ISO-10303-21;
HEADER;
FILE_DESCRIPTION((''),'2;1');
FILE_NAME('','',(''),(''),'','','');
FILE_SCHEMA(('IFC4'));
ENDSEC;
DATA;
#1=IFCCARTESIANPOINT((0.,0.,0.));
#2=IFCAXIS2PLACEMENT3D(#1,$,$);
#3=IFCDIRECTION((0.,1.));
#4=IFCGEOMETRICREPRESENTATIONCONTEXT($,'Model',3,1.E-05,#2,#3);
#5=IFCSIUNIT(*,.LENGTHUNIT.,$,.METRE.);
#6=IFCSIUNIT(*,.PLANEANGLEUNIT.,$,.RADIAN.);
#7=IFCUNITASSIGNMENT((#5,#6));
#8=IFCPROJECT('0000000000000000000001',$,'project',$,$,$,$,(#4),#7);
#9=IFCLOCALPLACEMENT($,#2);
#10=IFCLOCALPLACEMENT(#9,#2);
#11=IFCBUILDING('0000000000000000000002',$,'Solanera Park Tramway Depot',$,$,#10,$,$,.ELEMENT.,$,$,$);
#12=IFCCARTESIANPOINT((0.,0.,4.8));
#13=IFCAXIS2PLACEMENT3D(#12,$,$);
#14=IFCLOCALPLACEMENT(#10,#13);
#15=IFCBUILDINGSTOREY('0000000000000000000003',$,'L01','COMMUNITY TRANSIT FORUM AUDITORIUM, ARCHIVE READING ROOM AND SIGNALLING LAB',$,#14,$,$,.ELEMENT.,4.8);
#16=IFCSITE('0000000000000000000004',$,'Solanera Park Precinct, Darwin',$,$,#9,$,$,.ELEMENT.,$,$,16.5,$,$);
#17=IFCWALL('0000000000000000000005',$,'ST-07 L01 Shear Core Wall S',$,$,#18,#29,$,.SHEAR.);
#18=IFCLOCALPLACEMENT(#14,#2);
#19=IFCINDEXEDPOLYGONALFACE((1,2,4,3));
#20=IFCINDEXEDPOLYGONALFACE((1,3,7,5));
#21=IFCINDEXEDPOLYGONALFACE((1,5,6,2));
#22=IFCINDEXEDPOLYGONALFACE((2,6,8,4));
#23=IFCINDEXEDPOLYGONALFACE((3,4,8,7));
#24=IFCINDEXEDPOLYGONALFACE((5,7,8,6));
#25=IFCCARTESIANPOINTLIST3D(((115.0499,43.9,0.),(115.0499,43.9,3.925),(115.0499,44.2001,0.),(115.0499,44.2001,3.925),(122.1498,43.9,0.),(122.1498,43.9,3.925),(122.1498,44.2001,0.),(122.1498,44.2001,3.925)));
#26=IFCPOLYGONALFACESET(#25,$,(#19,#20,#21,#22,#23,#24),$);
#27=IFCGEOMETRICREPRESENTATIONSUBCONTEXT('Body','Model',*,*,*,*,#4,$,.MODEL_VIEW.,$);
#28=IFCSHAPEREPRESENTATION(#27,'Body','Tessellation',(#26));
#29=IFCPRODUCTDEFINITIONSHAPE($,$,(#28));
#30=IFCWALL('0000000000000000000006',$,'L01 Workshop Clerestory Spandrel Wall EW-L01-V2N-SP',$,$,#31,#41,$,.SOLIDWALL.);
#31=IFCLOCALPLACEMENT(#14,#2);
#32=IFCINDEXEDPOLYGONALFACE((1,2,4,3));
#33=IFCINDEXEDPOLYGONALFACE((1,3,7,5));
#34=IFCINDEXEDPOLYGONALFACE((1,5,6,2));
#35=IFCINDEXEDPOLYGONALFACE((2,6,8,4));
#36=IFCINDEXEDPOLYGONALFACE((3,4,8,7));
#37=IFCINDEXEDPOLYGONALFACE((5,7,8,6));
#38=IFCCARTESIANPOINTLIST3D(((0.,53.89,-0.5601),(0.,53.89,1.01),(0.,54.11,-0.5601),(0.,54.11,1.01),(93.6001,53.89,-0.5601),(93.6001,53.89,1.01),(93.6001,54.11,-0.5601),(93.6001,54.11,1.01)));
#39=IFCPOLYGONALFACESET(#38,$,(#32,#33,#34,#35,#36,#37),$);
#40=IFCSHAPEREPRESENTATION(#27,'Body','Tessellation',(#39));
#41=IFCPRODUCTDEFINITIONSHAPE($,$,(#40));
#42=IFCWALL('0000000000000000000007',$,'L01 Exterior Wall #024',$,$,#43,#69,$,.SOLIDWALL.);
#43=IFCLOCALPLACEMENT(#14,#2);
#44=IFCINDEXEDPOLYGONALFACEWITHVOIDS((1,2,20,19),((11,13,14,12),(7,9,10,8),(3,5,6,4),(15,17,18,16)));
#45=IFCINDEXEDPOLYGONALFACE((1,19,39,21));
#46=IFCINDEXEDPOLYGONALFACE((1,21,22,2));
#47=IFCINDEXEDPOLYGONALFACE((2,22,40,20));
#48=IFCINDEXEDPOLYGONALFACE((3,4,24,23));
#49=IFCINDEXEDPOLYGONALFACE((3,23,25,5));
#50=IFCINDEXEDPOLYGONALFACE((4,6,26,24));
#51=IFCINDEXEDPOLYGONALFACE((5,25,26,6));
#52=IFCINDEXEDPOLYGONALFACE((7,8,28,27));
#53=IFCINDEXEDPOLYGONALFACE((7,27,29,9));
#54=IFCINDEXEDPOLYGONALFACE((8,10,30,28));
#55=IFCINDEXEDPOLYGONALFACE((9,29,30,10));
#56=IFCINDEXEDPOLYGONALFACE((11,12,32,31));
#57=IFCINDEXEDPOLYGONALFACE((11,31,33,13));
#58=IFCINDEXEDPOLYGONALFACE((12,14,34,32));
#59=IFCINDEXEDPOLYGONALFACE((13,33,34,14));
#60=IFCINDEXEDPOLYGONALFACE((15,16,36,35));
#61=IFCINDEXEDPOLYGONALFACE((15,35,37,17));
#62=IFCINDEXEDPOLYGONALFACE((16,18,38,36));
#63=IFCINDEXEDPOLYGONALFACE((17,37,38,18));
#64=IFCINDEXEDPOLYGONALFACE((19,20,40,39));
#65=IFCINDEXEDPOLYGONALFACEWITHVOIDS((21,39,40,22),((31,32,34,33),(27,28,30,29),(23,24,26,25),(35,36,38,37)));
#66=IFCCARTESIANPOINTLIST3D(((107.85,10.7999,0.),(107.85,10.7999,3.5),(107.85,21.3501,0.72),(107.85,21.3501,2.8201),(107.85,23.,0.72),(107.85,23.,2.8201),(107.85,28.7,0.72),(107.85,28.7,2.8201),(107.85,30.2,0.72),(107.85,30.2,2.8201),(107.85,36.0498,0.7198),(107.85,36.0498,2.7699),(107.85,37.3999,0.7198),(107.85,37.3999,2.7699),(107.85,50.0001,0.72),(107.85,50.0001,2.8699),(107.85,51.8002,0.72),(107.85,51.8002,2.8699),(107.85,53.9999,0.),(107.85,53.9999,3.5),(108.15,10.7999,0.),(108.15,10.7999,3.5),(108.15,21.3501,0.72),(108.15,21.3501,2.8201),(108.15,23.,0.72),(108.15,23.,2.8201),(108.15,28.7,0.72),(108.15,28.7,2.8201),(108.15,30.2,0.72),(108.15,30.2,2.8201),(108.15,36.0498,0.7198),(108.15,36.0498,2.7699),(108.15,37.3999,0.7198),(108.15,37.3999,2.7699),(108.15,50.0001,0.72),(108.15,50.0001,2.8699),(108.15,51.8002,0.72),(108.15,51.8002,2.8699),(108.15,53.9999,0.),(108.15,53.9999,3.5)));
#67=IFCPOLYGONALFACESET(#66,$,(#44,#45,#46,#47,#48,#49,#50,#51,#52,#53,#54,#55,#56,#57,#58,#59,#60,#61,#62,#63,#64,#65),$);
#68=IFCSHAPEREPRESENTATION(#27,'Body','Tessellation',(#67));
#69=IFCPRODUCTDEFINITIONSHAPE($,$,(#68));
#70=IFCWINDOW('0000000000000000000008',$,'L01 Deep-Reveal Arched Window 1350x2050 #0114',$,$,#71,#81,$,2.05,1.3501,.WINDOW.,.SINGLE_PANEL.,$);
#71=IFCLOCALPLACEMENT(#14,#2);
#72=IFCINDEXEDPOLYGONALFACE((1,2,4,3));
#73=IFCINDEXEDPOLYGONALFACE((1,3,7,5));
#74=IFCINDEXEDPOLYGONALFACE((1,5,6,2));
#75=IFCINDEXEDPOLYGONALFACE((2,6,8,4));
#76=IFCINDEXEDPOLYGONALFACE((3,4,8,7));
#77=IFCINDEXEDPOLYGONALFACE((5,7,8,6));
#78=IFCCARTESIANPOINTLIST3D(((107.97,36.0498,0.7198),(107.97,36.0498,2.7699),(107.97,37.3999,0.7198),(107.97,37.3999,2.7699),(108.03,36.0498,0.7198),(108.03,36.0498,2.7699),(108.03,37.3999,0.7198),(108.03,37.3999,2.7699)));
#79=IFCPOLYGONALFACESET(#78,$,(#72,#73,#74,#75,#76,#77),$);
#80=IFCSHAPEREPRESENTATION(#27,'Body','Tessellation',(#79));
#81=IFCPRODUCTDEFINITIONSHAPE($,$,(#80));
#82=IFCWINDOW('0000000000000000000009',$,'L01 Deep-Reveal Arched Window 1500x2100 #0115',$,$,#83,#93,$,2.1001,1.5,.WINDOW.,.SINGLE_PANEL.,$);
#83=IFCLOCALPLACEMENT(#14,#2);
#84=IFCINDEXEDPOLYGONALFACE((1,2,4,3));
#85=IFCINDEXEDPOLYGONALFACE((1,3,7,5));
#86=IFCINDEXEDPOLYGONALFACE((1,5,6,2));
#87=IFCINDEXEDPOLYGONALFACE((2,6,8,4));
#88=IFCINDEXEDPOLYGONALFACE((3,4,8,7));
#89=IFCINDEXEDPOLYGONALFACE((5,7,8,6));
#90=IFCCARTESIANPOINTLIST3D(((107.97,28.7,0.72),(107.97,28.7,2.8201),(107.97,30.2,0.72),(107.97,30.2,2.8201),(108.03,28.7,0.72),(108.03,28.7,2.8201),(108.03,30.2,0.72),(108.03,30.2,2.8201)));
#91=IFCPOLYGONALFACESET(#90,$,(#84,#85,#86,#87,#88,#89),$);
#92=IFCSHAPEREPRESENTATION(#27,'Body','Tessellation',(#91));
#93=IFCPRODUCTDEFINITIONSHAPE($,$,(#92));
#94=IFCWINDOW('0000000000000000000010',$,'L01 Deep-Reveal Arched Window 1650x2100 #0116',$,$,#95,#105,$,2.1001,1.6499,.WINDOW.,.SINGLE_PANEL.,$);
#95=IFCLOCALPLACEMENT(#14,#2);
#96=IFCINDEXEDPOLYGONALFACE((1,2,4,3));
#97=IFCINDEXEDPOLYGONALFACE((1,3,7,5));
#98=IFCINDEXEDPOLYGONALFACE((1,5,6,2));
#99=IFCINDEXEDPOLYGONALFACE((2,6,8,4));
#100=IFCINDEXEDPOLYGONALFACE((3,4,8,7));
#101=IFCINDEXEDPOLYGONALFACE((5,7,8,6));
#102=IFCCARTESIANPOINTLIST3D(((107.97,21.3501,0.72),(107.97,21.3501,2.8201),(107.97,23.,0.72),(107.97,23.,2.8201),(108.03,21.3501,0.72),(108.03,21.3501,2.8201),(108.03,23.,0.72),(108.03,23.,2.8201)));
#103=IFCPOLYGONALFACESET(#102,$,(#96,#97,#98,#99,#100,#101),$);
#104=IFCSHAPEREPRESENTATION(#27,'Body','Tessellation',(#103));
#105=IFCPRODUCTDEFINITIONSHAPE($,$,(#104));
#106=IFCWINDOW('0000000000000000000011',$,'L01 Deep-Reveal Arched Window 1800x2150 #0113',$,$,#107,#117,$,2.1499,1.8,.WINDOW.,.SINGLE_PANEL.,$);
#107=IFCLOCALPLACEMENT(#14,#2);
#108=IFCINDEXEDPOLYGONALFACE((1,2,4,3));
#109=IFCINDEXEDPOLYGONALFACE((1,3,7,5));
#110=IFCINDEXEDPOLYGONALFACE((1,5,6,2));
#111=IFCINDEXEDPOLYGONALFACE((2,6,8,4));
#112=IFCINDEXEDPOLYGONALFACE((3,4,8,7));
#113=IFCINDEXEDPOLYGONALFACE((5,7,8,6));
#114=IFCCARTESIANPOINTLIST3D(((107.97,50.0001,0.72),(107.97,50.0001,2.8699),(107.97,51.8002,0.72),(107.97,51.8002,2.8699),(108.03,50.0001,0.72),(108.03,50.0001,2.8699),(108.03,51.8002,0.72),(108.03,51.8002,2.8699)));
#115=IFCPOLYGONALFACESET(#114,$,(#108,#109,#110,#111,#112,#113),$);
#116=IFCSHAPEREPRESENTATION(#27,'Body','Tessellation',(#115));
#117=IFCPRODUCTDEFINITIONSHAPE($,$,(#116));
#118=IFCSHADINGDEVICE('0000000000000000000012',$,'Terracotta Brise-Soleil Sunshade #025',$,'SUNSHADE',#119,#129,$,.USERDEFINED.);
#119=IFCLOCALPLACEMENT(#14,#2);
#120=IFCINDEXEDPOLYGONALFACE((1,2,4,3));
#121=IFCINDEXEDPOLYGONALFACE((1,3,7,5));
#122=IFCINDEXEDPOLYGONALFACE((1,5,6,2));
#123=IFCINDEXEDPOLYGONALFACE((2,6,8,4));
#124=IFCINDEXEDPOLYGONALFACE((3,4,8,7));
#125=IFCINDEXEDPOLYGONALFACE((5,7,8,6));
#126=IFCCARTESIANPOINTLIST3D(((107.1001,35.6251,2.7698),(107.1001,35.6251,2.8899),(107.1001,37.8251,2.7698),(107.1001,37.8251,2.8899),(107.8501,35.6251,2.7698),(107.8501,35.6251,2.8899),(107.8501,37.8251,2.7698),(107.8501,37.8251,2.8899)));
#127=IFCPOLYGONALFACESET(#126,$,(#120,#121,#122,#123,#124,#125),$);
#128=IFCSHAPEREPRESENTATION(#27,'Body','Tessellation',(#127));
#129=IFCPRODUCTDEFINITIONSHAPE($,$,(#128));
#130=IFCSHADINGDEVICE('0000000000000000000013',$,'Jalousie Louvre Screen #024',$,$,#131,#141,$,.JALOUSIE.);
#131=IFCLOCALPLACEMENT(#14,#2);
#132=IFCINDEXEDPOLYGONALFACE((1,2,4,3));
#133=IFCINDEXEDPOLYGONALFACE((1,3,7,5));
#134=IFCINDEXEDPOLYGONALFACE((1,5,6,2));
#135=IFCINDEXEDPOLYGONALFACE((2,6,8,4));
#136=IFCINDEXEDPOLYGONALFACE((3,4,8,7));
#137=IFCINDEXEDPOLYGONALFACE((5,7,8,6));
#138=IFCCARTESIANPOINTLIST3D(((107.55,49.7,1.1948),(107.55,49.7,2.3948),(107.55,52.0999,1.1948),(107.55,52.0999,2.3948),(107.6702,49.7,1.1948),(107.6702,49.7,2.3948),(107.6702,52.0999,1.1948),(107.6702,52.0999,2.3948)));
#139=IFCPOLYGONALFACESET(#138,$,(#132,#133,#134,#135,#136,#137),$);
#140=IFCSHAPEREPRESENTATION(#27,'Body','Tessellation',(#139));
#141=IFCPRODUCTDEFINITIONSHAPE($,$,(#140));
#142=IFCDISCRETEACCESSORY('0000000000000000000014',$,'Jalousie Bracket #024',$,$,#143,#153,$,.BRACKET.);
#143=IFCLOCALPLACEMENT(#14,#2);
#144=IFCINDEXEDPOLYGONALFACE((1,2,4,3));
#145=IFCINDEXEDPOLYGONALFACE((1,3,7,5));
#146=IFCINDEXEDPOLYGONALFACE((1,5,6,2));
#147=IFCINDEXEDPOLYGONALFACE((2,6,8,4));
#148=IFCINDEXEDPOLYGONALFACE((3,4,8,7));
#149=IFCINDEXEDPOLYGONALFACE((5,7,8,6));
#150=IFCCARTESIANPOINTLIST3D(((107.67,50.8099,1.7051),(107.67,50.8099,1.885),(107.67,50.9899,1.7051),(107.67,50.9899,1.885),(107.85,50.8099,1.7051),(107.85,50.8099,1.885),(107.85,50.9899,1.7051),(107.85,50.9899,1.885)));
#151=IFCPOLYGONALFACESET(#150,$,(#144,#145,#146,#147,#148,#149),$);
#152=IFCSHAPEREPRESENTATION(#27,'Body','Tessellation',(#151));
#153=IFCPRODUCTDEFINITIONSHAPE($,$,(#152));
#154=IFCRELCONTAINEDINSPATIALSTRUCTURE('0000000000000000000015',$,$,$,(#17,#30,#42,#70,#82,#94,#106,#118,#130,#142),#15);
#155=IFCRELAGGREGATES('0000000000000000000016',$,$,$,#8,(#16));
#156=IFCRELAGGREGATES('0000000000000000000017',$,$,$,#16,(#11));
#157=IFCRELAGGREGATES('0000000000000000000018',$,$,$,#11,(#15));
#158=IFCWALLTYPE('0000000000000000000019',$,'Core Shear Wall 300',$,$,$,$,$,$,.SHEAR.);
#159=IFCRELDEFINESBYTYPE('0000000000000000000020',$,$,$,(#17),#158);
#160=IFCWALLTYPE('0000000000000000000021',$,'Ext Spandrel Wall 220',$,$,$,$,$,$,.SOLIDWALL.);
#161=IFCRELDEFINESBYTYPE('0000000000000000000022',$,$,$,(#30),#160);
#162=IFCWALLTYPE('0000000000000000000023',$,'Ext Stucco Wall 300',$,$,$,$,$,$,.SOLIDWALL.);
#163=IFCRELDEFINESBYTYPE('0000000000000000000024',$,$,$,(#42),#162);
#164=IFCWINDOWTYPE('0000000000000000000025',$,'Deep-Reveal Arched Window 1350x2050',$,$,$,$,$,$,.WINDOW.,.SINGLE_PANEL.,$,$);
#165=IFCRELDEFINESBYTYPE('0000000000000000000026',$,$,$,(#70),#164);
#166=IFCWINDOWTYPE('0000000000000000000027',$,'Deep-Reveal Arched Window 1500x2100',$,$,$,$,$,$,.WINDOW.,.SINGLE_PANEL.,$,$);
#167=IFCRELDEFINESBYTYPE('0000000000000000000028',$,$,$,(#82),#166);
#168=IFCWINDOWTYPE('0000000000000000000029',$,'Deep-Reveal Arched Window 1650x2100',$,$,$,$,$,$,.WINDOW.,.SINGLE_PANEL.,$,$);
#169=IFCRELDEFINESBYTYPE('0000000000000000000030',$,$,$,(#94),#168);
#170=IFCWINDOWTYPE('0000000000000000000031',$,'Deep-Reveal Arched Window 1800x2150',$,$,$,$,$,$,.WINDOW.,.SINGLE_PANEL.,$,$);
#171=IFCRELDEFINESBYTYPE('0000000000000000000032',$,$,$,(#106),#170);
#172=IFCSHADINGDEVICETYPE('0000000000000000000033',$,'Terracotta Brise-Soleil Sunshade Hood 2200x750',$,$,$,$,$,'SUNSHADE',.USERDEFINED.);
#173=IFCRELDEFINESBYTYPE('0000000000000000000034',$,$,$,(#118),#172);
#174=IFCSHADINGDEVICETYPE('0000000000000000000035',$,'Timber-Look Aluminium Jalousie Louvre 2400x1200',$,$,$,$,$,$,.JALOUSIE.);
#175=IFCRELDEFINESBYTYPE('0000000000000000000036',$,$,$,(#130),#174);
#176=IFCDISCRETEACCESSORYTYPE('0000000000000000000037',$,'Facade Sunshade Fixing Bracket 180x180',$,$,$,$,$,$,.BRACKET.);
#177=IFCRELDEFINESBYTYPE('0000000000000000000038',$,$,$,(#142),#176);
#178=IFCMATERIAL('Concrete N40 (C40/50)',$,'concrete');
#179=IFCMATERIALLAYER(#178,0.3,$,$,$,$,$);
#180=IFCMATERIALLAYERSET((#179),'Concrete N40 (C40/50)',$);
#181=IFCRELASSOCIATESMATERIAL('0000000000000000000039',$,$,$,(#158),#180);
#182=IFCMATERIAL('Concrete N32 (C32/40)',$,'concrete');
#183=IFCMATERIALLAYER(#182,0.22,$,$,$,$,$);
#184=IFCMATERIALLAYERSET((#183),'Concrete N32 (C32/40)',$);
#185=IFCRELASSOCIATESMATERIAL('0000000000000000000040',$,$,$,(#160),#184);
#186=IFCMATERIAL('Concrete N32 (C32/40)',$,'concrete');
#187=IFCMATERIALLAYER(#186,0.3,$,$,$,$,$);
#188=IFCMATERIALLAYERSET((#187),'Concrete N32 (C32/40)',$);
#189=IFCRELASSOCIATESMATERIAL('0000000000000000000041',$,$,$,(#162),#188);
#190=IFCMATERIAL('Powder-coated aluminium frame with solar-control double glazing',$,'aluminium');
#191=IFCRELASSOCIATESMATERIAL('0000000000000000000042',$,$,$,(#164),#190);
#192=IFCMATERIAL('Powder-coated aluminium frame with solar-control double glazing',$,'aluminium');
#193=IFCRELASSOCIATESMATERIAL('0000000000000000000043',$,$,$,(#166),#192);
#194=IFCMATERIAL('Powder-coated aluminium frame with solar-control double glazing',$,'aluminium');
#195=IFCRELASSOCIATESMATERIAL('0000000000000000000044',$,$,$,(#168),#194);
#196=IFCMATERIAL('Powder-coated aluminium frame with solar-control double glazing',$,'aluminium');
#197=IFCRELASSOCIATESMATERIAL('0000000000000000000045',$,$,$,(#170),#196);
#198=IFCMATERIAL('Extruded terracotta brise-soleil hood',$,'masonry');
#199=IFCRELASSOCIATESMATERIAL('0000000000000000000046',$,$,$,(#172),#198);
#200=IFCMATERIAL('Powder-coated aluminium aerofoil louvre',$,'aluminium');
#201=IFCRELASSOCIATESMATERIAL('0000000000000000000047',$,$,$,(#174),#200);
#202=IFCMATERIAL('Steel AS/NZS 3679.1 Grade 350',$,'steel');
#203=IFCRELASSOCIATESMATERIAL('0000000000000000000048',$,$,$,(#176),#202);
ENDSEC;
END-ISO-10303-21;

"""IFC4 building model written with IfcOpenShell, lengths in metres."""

from ifc_helpers import new_model, si_unit, direction, frame, frame_2d, origin, origin_2d, place, context, subcontext, project, spatial, rectangle, extrude, material, layer, layer_set, type_object, element, fill, save


model = new_model("IFC4")

# Units and contexts
model_context = context("Model", 3, precision=1e-05, world=origin(), true_north=direction((0.0, 1.0)))
body_context = subcontext(model_context, "Body", "Model", "MODEL_VIEW")
ifc_project = project(units=[si_unit("LENGTHUNIT", "METRE"), si_unit("PLANEANGLEUNIT", "RADIAN")], contexts=[model_context])

# Site, building, storey
site_placement = place(None, origin())
site = spatial("IfcSite", under=ifc_project, at=site_placement, Name="Solanera Park Precinct, Darwin", CompositionType="ELEMENT", RefElevation=16.5)
building_placement = place(site_placement, origin())
building = spatial("IfcBuilding", under=site, at=building_placement, Name="Solanera Park Tramway Depot", CompositionType="ELEMENT")
storey_placement = place(building_placement, frame((0.0, 0.0, 4.8)))
storey = spatial("IfcBuildingStorey", under=building, at=storey_placement, Name="L01", Description="COMMUNITY TRANSIT FORUM AUDITORIUM, ARCHIVE READING ROOM AND SIGNALLING LAB", CompositionType="ELEMENT", Elevation=4.8)

# Walls
ifc_material_1 = material(Name="Concrete N40 (C40/50)", Category="concrete")
ifc_layer_1 = layer(ifc_material_1, 0.3)
ifc_layer_set_1 = layer_set([ifc_layer_1], Name="Concrete N40 (C40/50)")
wall_type_1 = type_object("IfcWallType", Name="Core Shear Wall 300", PredefinedType="SHEAR", material=ifc_layer_set_1)
wall_1_placement = place(storey_placement, frame((115.05, 44.05, 0.0), z_axis=(0.0, 0.0, 1.0), x_axis=(1.0, 0.0, 0.0)))
element("IfcWall", 1, at=wall_1_placement, inside=storey, type_object=wall_type_1, Name="ST-07 L01 Shear Core Wall S", PredefinedType="SHEAR", context=body_context, shape_type="SweptSolid", body=[
    extrude(rectangle(XDim=7.0999, YDim=0.3, at=frame_2d((3.5498, 0.0))), origin(), (0.0, 0.0, 1.0), 3.925),
])
ifc_material_2 = material(Name="Concrete N32 (C32/40)", Category="concrete")
ifc_layer_2 = layer(ifc_material_2, 0.22)
ifc_layer_set_2 = layer_set([ifc_layer_2], Name="Concrete N32 (C32/40)")
wall_type_2 = type_object("IfcWallType", Name="Ext Spandrel Wall 220", PredefinedType="SOLIDWALL", material=ifc_layer_set_2)
wall_2_placement = place(storey_placement, frame((93.6001, 54.0, -0.5601), z_axis=(0.0, 0.0, 1.0), x_axis=(-1.0, 0.0, 0.0)))
element("IfcWall", 2, at=wall_2_placement, inside=storey, type_object=wall_type_2, Name="L01 Workshop Clerestory Spandrel Wall EW-L01-V2N-SP", PredefinedType="SOLIDWALL", context=body_context, shape_type="SweptSolid", body=[
    extrude(rectangle(XDim=93.6001, YDim=0.22, at=frame_2d((46.8, 0.0))), origin(), (0.0, 0.0, 1.0), 1.5701),
])

# Wall, openings, windows
ifc_material_3 = material(Name="Concrete N32 (C32/40)", Category="concrete")
ifc_layer_3 = layer(ifc_material_3, 0.3)
ifc_layer_set_3 = layer_set([ifc_layer_3], Name="Concrete N32 (C32/40)")
wall_type_3 = type_object("IfcWallType", Name="Ext Stucco Wall 300", PredefinedType="SOLIDWALL", material=ifc_layer_set_3)
wall_3_placement = place(storey_placement, frame((108.0, 54.0, 0.0), z_axis=(0.0, 0.0, 1.0), x_axis=(0.0, -1.0, 0.0)))
wall_3 = element("IfcWall", 3, at=wall_3_placement, inside=storey, type_object=wall_type_3, Name="L01 Exterior Wall #024", PredefinedType="SOLIDWALL", context=body_context, shape_type="SweptSolid", body=[
    extrude(rectangle(XDim=43.2, YDim=0.3, at=frame_2d((21.6001, 0.0))), origin(), (0.0, 0.0, 1.0), 3.5),
])
opening_1_placement = place(wall_3_placement, frame((2.2, 0.0, 0.72)))
opening_1 = element("IfcOpeningElement", 4, at=opening_1_placement, cuts=wall_3, PredefinedType="OPENING", context=body_context, shape_type="SweptSolid", body=[
    extrude(rectangle(XDim=1.8, YDim=2.1499, at=frame_2d((0.8999, 1.075))), frame((0.0, 0.1602, 0.0), z_axis=(0.0, -1.0, 0.0), x_axis=(1.0, 0.0, 0.0)), (0.0, 0.0, 1.0), 0.3201),
])
opening_2_placement = place(wall_3_placement, frame((16.6001, 0.0, 0.72)))
opening_2 = element("IfcOpeningElement", 5, at=opening_2_placement, cuts=wall_3, PredefinedType="OPENING", context=body_context, shape_type="SweptSolid", body=[
    extrude(rectangle(XDim=1.3501, YDim=2.05, at=frame_2d((0.675, 1.0249))), frame((0.0, 0.1602, 0.0), z_axis=(0.0, -1.0, 0.0), x_axis=(1.0, 0.0, 0.0)), (0.0, 0.0, 1.0), 0.3201),
])
opening_3_placement = place(wall_3_placement, frame((23.8, 0.0, 0.72)))
opening_3 = element("IfcOpeningElement", 6, at=opening_3_placement, cuts=wall_3, PredefinedType="OPENING", context=body_context, shape_type="SweptSolid", body=[
    extrude(rectangle(XDim=1.5, YDim=2.1001, at=frame_2d((0.75, 1.05))), frame((0.0, 0.1602, 0.0), z_axis=(0.0, -1.0, 0.0), x_axis=(1.0, 0.0, 0.0)), (0.0, 0.0, 1.0), 0.3201),
])
opening_4_placement = place(wall_3_placement, frame((31.0, 0.0, 0.72)))
opening_4 = element("IfcOpeningElement", 7, at=opening_4_placement, cuts=wall_3, PredefinedType="OPENING", context=body_context, shape_type="SweptSolid", body=[
    extrude(rectangle(XDim=1.6499, YDim=2.1001, at=frame_2d((0.825, 1.05))), frame((0.0, 0.1602, 0.0), z_axis=(0.0, -1.0, 0.0), x_axis=(1.0, 0.0, 0.0)), (0.0, 0.0, 1.0), 0.3201),
])
ifc_material_4 = material(Name="Powder-coated aluminium frame with solar-control double glazing", Category="aluminium")
window_type_1 = type_object("IfcWindowType", Name="Deep-Reveal Arched Window 1350x2050", PartitioningType="SINGLE_PANEL", PredefinedType="WINDOW", material=ifc_material_4)
window_1_placement = place(opening_2_placement, origin())
window_1 = element("IfcWindow", 8, at=window_1_placement, inside=storey, type_object=window_type_1, Name="L01 Deep-Reveal Arched Window 1350x2050 #0114", OverallHeight=2.05, OverallWidth=1.3501, PartitioningType="SINGLE_PANEL", PredefinedType="WINDOW", context=body_context, shape_type="SweptSolid", body=[
    extrude(rectangle(XDim=1.3501, YDim=2.05, at=frame_2d((0.675, 1.0249))), frame((0.0, 0.03, 0.0), z_axis=(0.0, -1.0, 0.0), x_axis=(1.0, 0.0, 0.0)), (0.0, 0.0, 1.0), 0.0601),
])
fill(opening_2, window_1)
ifc_material_5 = material(Name="Powder-coated aluminium frame with solar-control double glazing", Category="aluminium")
window_type_2 = type_object("IfcWindowType", Name="Deep-Reveal Arched Window 1500x2100", PartitioningType="SINGLE_PANEL", PredefinedType="WINDOW", material=ifc_material_5)
window_2_placement = place(opening_3_placement, origin())
window_2 = element("IfcWindow", 9, at=window_2_placement, inside=storey, type_object=window_type_2, Name="L01 Deep-Reveal Arched Window 1500x2100 #0115", OverallHeight=2.1001, OverallWidth=1.5, PartitioningType="SINGLE_PANEL", PredefinedType="WINDOW", context=body_context, shape_type="SweptSolid", body=[
    extrude(rectangle(XDim=1.5, YDim=2.1001, at=frame_2d((0.75, 1.05))), frame((0.0, 0.03, 0.0), z_axis=(0.0, -1.0, 0.0), x_axis=(1.0, 0.0, 0.0)), (0.0, 0.0, 1.0), 0.0601),
])
fill(opening_3, window_2)
ifc_material_6 = material(Name="Powder-coated aluminium frame with solar-control double glazing", Category="aluminium")
window_type_3 = type_object("IfcWindowType", Name="Deep-Reveal Arched Window 1650x2100", PartitioningType="SINGLE_PANEL", PredefinedType="WINDOW", material=ifc_material_6)
window_3_placement = place(opening_4_placement, origin())
window_3 = element("IfcWindow", 10, at=window_3_placement, inside=storey, type_object=window_type_3, Name="L01 Deep-Reveal Arched Window 1650x2100 #0116", OverallHeight=2.1001, OverallWidth=1.6499, PartitioningType="SINGLE_PANEL", PredefinedType="WINDOW", context=body_context, shape_type="SweptSolid", body=[
    extrude(rectangle(XDim=1.6499, YDim=2.1001, at=frame_2d((0.825, 1.05))), frame((0.0, 0.03, 0.0), z_axis=(0.0, -1.0, 0.0), x_axis=(1.0, 0.0, 0.0)), (0.0, 0.0, 1.0), 0.0601),
])
fill(opening_4, window_3)
ifc_material_7 = material(Name="Powder-coated aluminium frame with solar-control double glazing", Category="aluminium")
window_type_4 = type_object("IfcWindowType", Name="Deep-Reveal Arched Window 1800x2150", PartitioningType="SINGLE_PANEL", PredefinedType="WINDOW", material=ifc_material_7)
window_4_placement = place(opening_1_placement, origin())
window_4 = element("IfcWindow", 11, at=window_4_placement, inside=storey, type_object=window_type_4, Name="L01 Deep-Reveal Arched Window 1800x2150 #0113", OverallHeight=2.1499, OverallWidth=1.8, PartitioningType="SINGLE_PANEL", PredefinedType="WINDOW", context=body_context, shape_type="SweptSolid", body=[
    extrude(rectangle(XDim=1.8, YDim=2.1499, at=frame_2d((0.8999, 1.075))), frame((0.0, 0.03, 0.0), z_axis=(0.0, -1.0, 0.0), x_axis=(1.0, 0.0, 0.0)), (0.0, 0.0, 1.0), 0.0601),
])
fill(opening_1, window_4)

# Shading devices
ifc_material_8 = material(Name="Extruded terracotta brise-soleil hood", Category="masonry")
shading_device_type_1 = type_object("IfcShadingDeviceType", Name="Terracotta Brise-Soleil Sunshade Hood 2200x750", ElementType="SUNSHADE", PredefinedType="USERDEFINED", material=ifc_material_8)
shading_device_1_placement = place(storey_placement, frame((107.4751, 36.7251, 2.7698), z_axis=(0.0, 0.0, 1.0), x_axis=(0.0, -1.0, 0.0)))
element("IfcShadingDevice", 12, at=shading_device_1_placement, inside=storey, type_object=shading_device_type_1, Name="Terracotta Brise-Soleil Sunshade #025", ObjectType="SUNSHADE", PredefinedType="USERDEFINED", context=body_context, shape_type="SweptSolid", body=[
    extrude(rectangle(XDim=2.2, YDim=0.75, at=origin_2d()), origin(), (0.0, 0.0, 1.0), 0.1201),
])
ifc_material_9 = material(Name="Powder-coated aluminium aerofoil louvre", Category="aluminium")
shading_device_type_2 = type_object("IfcShadingDeviceType", Name="Timber-Look Aluminium Jalousie Louvre 2400x1200", PredefinedType="JALOUSIE", material=ifc_material_9)
shading_device_2_placement = place(storey_placement, frame((107.6101, 50.8999, 1.1948), z_axis=(0.0, 0.0, 1.0), x_axis=(0.0, -1.0, 0.0)))
element("IfcShadingDevice", 13, at=shading_device_2_placement, inside=storey, type_object=shading_device_type_2, Name="Jalousie Louvre Screen #024", PredefinedType="JALOUSIE", context=body_context, shape_type="SweptSolid", body=[
    extrude(rectangle(XDim=2.3999, YDim=0.1201, at=origin_2d()), origin(), (0.0, 0.0, 1.0), 1.2),
])

# Discrete accessory
ifc_material_10 = material(Name="Steel AS/NZS 3679.1 Grade 350", Category="steel")
discrete_accessory_type = type_object("IfcDiscreteAccessoryType", Name="Facade Sunshade Fixing Bracket 180x180", PredefinedType="BRACKET", material=ifc_material_10)
discrete_accessory_placement = place(storey_placement, frame((107.76, 50.8999, 1.7051), z_axis=(0.0, 0.0, 1.0), x_axis=(0.0, -1.0, 0.0)))
element("IfcDiscreteAccessory", 14, at=discrete_accessory_placement, inside=storey, type_object=discrete_accessory_type, Name="Jalousie Bracket #024", PredefinedType="BRACKET", context=body_context, shape_type="SweptSolid", body=[
    extrude(rectangle(XDim=0.1799, YDim=0.1799, at=origin_2d()), origin(), (0.0, 0.0, 1.0), 0.1799),
])

save(model, "model.ifc")
